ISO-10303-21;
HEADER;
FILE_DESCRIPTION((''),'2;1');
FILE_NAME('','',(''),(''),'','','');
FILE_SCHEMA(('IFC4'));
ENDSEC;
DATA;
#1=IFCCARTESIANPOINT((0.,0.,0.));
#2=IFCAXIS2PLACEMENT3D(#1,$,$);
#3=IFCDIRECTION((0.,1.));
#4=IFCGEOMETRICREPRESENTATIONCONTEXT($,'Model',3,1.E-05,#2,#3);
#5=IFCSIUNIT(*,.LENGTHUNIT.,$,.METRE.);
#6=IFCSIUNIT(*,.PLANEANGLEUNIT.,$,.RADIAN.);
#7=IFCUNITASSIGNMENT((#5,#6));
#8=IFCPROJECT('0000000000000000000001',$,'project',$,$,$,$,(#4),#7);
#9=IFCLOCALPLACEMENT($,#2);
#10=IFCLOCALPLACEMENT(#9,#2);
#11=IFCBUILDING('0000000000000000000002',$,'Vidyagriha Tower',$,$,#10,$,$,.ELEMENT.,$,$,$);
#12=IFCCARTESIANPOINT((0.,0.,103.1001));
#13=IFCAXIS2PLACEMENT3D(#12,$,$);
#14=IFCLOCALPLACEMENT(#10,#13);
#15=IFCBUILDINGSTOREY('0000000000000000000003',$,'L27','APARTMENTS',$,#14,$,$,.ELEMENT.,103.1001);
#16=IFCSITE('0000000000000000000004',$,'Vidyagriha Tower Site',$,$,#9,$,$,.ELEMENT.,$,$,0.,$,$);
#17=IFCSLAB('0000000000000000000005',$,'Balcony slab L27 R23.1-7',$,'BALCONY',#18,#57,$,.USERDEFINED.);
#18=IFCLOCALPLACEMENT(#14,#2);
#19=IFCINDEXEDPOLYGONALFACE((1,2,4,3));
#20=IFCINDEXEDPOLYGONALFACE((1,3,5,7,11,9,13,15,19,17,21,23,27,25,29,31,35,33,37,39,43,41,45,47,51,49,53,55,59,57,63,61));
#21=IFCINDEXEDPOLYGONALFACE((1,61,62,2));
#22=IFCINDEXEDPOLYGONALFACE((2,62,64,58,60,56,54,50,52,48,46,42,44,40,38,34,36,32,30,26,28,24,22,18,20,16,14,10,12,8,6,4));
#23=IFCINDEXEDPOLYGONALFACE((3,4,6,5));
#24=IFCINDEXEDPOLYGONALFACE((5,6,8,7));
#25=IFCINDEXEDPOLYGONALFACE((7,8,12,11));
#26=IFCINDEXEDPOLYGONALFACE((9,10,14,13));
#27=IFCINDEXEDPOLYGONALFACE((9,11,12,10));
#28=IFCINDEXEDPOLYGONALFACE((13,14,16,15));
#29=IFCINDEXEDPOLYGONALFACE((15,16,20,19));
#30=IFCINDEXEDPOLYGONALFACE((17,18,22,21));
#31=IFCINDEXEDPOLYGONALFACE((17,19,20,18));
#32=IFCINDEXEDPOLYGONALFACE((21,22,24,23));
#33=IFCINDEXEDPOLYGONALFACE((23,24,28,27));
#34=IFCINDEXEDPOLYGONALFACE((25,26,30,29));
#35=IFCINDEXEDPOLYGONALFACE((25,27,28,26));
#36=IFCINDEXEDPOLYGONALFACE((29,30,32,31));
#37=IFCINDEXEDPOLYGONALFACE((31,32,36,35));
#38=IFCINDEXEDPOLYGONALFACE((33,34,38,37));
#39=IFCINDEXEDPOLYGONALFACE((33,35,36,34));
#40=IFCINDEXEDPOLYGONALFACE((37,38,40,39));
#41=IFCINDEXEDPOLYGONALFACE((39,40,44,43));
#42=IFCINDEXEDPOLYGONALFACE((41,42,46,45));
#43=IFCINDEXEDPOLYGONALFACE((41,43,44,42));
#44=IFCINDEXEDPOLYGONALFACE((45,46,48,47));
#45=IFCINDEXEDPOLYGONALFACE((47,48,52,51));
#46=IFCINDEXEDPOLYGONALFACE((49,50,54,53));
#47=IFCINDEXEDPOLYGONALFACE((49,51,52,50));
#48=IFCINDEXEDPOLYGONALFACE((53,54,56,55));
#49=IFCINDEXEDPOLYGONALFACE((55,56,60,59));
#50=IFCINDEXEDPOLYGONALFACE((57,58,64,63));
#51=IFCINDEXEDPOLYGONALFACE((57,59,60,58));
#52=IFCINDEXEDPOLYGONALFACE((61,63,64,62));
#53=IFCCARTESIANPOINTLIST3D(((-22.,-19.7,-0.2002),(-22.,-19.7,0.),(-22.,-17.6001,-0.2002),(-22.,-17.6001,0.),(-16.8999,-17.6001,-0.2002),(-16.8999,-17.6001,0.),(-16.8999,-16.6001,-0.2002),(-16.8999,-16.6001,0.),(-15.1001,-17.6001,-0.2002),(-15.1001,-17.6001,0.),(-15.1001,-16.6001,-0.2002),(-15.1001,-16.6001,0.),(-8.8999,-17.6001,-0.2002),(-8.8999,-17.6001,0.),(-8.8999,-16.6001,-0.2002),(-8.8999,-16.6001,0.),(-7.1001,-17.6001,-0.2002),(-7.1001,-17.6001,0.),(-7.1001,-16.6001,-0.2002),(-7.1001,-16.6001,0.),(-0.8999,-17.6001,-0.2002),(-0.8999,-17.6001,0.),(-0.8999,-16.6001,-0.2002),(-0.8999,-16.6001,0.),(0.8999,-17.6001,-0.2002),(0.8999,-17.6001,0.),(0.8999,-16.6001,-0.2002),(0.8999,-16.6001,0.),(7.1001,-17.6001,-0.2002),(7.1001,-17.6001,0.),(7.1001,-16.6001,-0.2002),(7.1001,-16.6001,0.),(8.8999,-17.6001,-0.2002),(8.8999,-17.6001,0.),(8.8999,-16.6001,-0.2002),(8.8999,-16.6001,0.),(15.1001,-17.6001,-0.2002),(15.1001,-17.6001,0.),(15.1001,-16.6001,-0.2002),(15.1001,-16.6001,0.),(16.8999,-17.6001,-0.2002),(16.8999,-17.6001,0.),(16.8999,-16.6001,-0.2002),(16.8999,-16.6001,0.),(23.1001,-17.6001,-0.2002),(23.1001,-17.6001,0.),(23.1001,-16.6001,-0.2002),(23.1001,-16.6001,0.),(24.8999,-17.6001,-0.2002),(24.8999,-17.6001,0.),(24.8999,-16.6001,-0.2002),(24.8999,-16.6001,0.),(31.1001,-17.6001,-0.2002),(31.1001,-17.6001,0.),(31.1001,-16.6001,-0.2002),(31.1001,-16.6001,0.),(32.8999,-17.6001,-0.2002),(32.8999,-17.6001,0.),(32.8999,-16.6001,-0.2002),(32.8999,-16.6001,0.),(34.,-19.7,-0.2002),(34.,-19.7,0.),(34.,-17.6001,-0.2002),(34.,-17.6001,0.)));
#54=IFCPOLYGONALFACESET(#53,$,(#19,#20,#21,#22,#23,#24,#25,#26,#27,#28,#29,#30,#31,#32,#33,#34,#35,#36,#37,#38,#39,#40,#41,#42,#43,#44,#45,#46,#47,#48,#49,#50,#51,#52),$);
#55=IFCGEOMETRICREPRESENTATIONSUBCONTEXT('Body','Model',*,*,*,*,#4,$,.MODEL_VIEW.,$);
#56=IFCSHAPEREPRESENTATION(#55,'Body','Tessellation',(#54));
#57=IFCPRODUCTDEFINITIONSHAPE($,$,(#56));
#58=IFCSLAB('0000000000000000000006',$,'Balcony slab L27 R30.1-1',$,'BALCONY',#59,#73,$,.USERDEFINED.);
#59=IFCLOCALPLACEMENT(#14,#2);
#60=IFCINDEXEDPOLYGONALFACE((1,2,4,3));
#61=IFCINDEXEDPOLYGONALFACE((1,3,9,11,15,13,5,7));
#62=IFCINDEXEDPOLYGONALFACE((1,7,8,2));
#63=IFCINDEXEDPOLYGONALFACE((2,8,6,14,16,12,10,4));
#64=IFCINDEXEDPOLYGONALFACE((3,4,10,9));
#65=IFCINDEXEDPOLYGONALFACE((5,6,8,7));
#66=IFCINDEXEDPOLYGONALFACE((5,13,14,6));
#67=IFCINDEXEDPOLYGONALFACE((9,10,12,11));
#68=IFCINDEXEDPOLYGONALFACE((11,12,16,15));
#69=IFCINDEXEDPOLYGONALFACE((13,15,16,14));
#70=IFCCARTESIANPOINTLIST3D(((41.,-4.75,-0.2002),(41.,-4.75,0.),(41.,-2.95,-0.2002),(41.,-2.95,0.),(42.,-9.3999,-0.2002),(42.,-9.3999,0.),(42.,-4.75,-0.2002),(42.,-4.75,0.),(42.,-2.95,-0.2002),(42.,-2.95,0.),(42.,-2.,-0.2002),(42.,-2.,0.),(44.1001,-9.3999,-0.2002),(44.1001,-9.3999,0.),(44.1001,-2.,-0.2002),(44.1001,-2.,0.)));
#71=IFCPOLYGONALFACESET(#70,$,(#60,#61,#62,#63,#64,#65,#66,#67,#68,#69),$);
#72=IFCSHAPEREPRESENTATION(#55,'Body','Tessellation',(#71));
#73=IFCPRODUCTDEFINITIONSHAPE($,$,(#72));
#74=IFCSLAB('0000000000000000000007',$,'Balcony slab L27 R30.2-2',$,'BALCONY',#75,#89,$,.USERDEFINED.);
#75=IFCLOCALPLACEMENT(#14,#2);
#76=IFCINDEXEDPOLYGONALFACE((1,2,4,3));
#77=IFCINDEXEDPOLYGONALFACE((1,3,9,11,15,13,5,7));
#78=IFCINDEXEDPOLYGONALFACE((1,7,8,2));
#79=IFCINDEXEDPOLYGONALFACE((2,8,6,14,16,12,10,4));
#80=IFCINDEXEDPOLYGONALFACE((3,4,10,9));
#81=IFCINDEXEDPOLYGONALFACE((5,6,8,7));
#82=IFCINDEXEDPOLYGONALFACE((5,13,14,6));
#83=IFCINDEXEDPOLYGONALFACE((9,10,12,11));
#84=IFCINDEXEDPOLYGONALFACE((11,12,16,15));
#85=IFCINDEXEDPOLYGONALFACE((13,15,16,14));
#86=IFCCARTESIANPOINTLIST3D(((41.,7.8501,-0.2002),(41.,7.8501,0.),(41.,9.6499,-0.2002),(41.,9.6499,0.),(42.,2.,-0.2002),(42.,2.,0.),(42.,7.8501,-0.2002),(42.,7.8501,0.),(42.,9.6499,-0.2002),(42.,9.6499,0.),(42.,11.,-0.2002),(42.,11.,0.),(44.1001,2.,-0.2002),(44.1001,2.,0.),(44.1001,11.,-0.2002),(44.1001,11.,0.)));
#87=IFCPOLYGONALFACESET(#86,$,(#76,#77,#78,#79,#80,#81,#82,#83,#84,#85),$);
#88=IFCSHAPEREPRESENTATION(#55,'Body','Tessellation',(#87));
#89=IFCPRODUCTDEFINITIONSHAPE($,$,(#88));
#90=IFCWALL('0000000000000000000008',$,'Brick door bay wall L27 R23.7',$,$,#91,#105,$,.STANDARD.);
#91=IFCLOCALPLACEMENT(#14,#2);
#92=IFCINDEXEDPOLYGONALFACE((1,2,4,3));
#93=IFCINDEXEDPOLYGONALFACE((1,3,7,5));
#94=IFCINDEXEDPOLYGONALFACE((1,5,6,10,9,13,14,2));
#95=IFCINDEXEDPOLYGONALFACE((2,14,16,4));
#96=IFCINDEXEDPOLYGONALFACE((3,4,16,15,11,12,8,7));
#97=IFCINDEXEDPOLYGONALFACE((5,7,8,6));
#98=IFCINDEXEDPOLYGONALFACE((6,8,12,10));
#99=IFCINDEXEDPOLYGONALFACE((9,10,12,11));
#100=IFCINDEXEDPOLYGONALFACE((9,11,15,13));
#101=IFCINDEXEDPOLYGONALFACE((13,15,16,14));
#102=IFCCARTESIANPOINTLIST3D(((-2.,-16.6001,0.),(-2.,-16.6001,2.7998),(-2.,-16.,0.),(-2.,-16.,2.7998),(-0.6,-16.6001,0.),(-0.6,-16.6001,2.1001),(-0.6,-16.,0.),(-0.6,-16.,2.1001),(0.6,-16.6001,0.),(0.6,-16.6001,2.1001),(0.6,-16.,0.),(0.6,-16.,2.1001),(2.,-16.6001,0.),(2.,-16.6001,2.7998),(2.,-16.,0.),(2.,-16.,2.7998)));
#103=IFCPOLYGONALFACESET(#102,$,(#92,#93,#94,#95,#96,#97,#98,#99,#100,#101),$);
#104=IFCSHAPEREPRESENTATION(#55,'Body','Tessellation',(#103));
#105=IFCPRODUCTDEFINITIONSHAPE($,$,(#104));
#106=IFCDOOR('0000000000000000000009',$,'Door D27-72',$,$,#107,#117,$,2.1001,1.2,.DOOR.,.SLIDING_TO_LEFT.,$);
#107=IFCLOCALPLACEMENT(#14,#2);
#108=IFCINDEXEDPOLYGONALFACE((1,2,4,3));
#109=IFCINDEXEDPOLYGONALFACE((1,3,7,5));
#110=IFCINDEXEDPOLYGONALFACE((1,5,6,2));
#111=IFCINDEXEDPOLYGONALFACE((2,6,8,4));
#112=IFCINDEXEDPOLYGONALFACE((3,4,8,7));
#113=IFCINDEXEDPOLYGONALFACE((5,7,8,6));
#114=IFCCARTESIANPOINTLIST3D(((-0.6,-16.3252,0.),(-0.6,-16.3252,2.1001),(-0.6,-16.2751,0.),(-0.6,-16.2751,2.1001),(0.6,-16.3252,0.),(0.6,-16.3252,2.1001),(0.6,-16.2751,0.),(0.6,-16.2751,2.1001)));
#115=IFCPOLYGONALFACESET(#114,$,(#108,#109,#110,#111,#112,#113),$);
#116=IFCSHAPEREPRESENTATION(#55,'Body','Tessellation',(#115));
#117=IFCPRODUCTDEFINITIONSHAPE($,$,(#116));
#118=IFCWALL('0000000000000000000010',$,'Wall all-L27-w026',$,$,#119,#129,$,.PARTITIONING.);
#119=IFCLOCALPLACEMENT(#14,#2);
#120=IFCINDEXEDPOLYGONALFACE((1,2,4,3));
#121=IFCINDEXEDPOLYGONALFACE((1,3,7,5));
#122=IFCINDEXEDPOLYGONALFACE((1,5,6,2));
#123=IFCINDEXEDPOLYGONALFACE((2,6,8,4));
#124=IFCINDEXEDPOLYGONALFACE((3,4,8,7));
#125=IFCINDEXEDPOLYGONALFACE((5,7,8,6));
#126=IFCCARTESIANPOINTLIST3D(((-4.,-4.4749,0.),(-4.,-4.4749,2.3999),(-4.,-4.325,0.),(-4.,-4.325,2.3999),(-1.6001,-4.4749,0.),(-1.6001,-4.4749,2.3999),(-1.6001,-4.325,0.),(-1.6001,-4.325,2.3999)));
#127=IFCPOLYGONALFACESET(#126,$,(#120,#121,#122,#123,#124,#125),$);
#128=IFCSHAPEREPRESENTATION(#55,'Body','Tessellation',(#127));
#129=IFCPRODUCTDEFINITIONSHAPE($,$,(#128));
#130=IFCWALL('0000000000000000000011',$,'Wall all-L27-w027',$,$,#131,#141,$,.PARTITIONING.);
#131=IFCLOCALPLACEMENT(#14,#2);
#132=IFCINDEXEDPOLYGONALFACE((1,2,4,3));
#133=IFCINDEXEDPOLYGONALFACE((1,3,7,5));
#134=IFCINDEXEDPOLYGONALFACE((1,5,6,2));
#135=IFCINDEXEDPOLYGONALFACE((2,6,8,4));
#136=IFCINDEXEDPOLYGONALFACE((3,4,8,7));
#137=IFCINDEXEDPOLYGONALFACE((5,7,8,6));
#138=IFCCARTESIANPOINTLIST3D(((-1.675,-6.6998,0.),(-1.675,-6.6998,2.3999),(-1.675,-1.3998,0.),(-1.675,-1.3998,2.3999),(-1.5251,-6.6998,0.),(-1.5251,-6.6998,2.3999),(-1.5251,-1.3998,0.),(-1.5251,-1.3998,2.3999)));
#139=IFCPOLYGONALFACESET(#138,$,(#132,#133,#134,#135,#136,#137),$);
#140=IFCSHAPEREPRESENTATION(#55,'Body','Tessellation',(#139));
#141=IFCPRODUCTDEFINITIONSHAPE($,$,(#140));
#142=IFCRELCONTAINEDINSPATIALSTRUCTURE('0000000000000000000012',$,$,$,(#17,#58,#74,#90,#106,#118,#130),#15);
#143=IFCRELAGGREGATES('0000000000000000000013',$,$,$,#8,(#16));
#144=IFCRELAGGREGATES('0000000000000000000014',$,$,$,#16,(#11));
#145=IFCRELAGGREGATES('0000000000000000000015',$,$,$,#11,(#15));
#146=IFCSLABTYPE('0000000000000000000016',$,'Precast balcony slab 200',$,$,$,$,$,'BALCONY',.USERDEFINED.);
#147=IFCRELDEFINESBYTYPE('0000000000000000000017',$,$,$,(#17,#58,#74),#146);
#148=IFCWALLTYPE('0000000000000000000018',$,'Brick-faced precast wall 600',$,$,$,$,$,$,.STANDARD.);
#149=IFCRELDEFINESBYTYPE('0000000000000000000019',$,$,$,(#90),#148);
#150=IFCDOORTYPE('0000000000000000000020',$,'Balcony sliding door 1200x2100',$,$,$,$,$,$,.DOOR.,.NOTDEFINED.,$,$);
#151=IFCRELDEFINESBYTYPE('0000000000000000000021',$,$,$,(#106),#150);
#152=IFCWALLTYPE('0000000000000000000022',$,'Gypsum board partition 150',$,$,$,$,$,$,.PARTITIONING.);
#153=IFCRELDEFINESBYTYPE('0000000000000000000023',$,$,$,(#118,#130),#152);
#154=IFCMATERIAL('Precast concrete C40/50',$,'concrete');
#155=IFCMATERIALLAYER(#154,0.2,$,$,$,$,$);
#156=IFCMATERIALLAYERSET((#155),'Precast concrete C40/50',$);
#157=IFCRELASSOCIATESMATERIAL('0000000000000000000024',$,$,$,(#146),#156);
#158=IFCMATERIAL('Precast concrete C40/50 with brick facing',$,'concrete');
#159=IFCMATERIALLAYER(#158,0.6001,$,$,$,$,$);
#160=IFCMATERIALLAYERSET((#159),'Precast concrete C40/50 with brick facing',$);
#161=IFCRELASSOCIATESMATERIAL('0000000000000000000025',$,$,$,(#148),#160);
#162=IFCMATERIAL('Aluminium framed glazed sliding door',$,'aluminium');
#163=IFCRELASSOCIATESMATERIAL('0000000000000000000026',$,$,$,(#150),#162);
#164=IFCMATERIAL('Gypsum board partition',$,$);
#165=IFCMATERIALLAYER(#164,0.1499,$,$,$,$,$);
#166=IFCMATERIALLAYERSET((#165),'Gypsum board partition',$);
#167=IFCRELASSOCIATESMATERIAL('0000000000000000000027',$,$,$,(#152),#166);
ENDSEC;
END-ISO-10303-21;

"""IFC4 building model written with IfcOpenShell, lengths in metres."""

from ifc_helpers import new_model, si_unit, direction, frame, frame_2d, origin, place, context, subcontext, project, spatial, polyline, rectangle, outline, extrude, material, layer, layer_set, type_object, element, fill, save


model = new_model("IFC4")

# Units and contexts
model_context = context("Model", 3, precision=1e-05, world=origin(), true_north=direction((0.0, 1.0)))
body_context = subcontext(model_context, "Body", "Model", "MODEL_VIEW")
ifc_project = project(units=[si_unit("LENGTHUNIT", "METRE"), si_unit("PLANEANGLEUNIT", "RADIAN")], contexts=[model_context])

# Site, building, storey
site_placement = place(None, origin())
site = spatial("IfcSite", under=ifc_project, at=site_placement, Name="Vidyagriha Tower Site", CompositionType="ELEMENT", RefElevation=0.0)
building_placement = place(site_placement, origin())
building = spatial("IfcBuilding", under=site, at=building_placement, Name="Vidyagriha Tower", CompositionType="ELEMENT")
storey_placement = place(building_placement, frame((0.0, 0.0, 103.1001)))
storey = spatial("IfcBuildingStorey", under=building, at=storey_placement, Name="L27", Description="APARTMENTS", CompositionType="ELEMENT", Elevation=103.1001)

# Slabs
ifc_material_1 = material(Name="Precast concrete C40/50", Category="concrete")
ifc_layer_1 = layer(ifc_material_1, 0.2)
ifc_layer_set_1 = layer_set([ifc_layer_1], Name="Precast concrete C40/50")
slab_type_1 = type_object("IfcSlabType", Name="Precast balcony slab 200", ElementType="BALCONY", PredefinedType="USERDEFINED", material=ifc_layer_set_1)
slab_1_placement = place(storey_placement, frame((0.0, 0.0, -0.2002)))
element("IfcSlab", 1, at=slab_1_placement, inside=storey, type_object=slab_type_1, Name="Balcony slab L27 R23.1-7", ObjectType="BALCONY", PredefinedType="USERDEFINED", context=body_context, shape_type="SweptSolid", body=[
    extrude(outline(polyline([(-15.1001, -16.6001), (-16.8999, -16.6001), (-16.8999, -17.6001), (-22.0, -17.6001), (-22.0, -19.7), (34.0, -19.7), (34.0, -17.6001), (32.8999, -17.6001), (32.8999, -16.6001), (31.1001, -16.6001), (31.1001, -17.6001), (24.8999, -17.6001), (24.8999, -16.6001), (23.1001, -16.6001), (23.1001, -17.6001), (16.8999, -17.6001), (16.8999, -16.6001), (15.1001, -16.6001), (15.1001, -17.6001), (8.8999, -17.6001), (8.8999, -16.6001), (7.1001, -16.6001), (7.1001, -17.6001), (0.8999, -17.6001), (0.8999, -16.6001), (-0.8999, -16.6001), (-0.8999, -17.6001), (-7.1001, -17.6001), (-7.1001, -16.6001), (-8.8999, -16.6001), (-8.8999, -17.6001), (-15.1001, -17.6001), (-15.1001, -16.6001)])), origin(), (0.0, 0.0, 1.0), 0.2002),
])
slab_2_placement = place(storey_placement, frame((0.0, 0.0, -0.2002)))
element("IfcSlab", 2, at=slab_2_placement, inside=storey, type_object=slab_type_1, Name="Balcony slab L27 R30.1-1", ObjectType="BALCONY", PredefinedType="USERDEFINED", context=body_context, shape_type="SweptSolid", body=[
    extrude(outline(polyline([(42.0, -4.75), (42.0, -9.3999), (44.1001, -9.3999), (44.1001, -2.0), (42.0, -2.0), (42.0, -2.95), (41.0, -2.95), (41.0, -4.75), (42.0, -4.75)])), origin(), (0.0, 0.0, 1.0), 0.2002),
])
slab_3_placement = place(storey_placement, frame((0.0, 0.0, -0.2002)))
element("IfcSlab", 3, at=slab_3_placement, inside=storey, type_object=slab_type_1, Name="Balcony slab L27 R30.2-2", ObjectType="BALCONY", PredefinedType="USERDEFINED", context=body_context, shape_type="SweptSolid", body=[
    extrude(outline(polyline([(42.0, 7.8501), (42.0, 2.0), (44.1001, 2.0), (44.1001, 11.0), (42.0, 11.0), (42.0, 9.6499), (41.0, 9.6499), (41.0, 7.8501), (42.0, 7.8501)])), origin(), (0.0, 0.0, 1.0), 0.2002),
])

# Wall, opening, door
ifc_material_2 = material(Name="Precast concrete C40/50 with brick facing", Category="concrete")
ifc_layer_2 = layer(ifc_material_2, 0.6001)
ifc_layer_set_2 = layer_set([ifc_layer_2], Name="Precast concrete C40/50 with brick facing")
wall_type_1 = type_object("IfcWallType", Name="Brick-faced precast wall 600", PredefinedType="STANDARD", material=ifc_layer_set_2)
wall_1_placement = place(storey_placement, frame((-2.0, -16.3, 0.0)))
wall_1 = element("IfcWall", 4, at=wall_1_placement, inside=storey, type_object=wall_type_1, Name="Brick door bay wall L27 R23.7", PredefinedType="STANDARD", context=body_context, shape_type="SweptSolid", body=[
    extrude(rectangle(XDim=4.0, YDim=0.6001, at=frame_2d((2.0, 0.0))), origin(), (0.0, 0.0, 1.0), 2.7998),
])
opening_1_placement = place(wall_1_placement, frame((1.3999, 0.0, 0.0)))
opening_1 = element("IfcOpeningElement", 5, at=opening_1_placement, cuts=wall_1, PredefinedType="OPENING", context=body_context, shape_type="SweptSolid", body=[
    extrude(rectangle(XDim=1.2, YDim=2.1001, at=frame_2d((0.6001, 1.05))), frame((0.0, 0.3101, 0.0), z_axis=(0.0, -1.0, 0.0), x_axis=(1.0, 0.0, 0.0)), (0.0, 0.0, 1.0), 0.6201),
])
ifc_material_3 = material(Name="Aluminium framed glazed sliding door", Category="aluminium")
door_type_1 = type_object("IfcDoorType", Name="Balcony sliding door 1200x2100", OperationType="NOTDEFINED", PredefinedType="DOOR", material=ifc_material_3)
door_1_placement = place(opening_1_placement, origin())
door_1 = element("IfcDoor", 6, at=door_1_placement, inside=storey, type_object=door_type_1, Name="Door D27-72", OperationType="SLIDING_TO_LEFT", OverallHeight=2.1001, OverallWidth=1.2, PredefinedType="DOOR", context=body_context, shape_type="SweptSolid", body=[
    extrude(rectangle(XDim=1.2, YDim=2.1001, at=frame_2d((0.6001, 1.05))), frame((0.0, 0.0249, 0.0), z_axis=(0.0, -1.0, 0.0), x_axis=(1.0, 0.0, 0.0)), (0.0, 0.0, 1.0), 0.05),
])
fill(opening_1, door_1)

# Walls
ifc_material_4 = material(Name="Gypsum board partition")
ifc_layer_3 = layer(ifc_material_4, 0.1499)
ifc_layer_set_3 = layer_set([ifc_layer_3], Name="Gypsum board partition")
wall_type_2 = type_object("IfcWallType", Name="Gypsum board partition 150", PredefinedType="PARTITIONING", material=ifc_layer_set_3)
wall_2_placement = place(storey_placement, frame((-1.6001, -4.3999, 0.0), z_axis=(0.0, 0.0, 1.0), x_axis=(-1.0, 0.0, 0.0)))
element("IfcWall", 7, at=wall_2_placement, inside=storey, type_object=wall_type_2, Name="Wall all-L27-w026", PredefinedType="PARTITIONING", context=body_context, shape_type="SweptSolid", body=[
    extrude(rectangle(XDim=2.3999, YDim=0.1499, at=frame_2d((1.2, 0.0))), origin(), (0.0, 0.0, 1.0), 2.3999),
])
wall_3_placement = place(storey_placement, frame((-1.6001, -1.3999, 0.0), z_axis=(0.0, 0.0, 1.0), x_axis=(0.0, -1.0, 0.0)))
element("IfcWall", 8, at=wall_3_placement, inside=storey, type_object=wall_type_2, Name="Wall all-L27-w027", PredefinedType="PARTITIONING", context=body_context, shape_type="SweptSolid", body=[
    extrude(rectangle(XDim=5.3, YDim=0.1499, at=frame_2d((2.6499, 0.0))), origin(), (0.0, 0.0, 1.0), 2.3999),
])

save(model, "model.ifc")
